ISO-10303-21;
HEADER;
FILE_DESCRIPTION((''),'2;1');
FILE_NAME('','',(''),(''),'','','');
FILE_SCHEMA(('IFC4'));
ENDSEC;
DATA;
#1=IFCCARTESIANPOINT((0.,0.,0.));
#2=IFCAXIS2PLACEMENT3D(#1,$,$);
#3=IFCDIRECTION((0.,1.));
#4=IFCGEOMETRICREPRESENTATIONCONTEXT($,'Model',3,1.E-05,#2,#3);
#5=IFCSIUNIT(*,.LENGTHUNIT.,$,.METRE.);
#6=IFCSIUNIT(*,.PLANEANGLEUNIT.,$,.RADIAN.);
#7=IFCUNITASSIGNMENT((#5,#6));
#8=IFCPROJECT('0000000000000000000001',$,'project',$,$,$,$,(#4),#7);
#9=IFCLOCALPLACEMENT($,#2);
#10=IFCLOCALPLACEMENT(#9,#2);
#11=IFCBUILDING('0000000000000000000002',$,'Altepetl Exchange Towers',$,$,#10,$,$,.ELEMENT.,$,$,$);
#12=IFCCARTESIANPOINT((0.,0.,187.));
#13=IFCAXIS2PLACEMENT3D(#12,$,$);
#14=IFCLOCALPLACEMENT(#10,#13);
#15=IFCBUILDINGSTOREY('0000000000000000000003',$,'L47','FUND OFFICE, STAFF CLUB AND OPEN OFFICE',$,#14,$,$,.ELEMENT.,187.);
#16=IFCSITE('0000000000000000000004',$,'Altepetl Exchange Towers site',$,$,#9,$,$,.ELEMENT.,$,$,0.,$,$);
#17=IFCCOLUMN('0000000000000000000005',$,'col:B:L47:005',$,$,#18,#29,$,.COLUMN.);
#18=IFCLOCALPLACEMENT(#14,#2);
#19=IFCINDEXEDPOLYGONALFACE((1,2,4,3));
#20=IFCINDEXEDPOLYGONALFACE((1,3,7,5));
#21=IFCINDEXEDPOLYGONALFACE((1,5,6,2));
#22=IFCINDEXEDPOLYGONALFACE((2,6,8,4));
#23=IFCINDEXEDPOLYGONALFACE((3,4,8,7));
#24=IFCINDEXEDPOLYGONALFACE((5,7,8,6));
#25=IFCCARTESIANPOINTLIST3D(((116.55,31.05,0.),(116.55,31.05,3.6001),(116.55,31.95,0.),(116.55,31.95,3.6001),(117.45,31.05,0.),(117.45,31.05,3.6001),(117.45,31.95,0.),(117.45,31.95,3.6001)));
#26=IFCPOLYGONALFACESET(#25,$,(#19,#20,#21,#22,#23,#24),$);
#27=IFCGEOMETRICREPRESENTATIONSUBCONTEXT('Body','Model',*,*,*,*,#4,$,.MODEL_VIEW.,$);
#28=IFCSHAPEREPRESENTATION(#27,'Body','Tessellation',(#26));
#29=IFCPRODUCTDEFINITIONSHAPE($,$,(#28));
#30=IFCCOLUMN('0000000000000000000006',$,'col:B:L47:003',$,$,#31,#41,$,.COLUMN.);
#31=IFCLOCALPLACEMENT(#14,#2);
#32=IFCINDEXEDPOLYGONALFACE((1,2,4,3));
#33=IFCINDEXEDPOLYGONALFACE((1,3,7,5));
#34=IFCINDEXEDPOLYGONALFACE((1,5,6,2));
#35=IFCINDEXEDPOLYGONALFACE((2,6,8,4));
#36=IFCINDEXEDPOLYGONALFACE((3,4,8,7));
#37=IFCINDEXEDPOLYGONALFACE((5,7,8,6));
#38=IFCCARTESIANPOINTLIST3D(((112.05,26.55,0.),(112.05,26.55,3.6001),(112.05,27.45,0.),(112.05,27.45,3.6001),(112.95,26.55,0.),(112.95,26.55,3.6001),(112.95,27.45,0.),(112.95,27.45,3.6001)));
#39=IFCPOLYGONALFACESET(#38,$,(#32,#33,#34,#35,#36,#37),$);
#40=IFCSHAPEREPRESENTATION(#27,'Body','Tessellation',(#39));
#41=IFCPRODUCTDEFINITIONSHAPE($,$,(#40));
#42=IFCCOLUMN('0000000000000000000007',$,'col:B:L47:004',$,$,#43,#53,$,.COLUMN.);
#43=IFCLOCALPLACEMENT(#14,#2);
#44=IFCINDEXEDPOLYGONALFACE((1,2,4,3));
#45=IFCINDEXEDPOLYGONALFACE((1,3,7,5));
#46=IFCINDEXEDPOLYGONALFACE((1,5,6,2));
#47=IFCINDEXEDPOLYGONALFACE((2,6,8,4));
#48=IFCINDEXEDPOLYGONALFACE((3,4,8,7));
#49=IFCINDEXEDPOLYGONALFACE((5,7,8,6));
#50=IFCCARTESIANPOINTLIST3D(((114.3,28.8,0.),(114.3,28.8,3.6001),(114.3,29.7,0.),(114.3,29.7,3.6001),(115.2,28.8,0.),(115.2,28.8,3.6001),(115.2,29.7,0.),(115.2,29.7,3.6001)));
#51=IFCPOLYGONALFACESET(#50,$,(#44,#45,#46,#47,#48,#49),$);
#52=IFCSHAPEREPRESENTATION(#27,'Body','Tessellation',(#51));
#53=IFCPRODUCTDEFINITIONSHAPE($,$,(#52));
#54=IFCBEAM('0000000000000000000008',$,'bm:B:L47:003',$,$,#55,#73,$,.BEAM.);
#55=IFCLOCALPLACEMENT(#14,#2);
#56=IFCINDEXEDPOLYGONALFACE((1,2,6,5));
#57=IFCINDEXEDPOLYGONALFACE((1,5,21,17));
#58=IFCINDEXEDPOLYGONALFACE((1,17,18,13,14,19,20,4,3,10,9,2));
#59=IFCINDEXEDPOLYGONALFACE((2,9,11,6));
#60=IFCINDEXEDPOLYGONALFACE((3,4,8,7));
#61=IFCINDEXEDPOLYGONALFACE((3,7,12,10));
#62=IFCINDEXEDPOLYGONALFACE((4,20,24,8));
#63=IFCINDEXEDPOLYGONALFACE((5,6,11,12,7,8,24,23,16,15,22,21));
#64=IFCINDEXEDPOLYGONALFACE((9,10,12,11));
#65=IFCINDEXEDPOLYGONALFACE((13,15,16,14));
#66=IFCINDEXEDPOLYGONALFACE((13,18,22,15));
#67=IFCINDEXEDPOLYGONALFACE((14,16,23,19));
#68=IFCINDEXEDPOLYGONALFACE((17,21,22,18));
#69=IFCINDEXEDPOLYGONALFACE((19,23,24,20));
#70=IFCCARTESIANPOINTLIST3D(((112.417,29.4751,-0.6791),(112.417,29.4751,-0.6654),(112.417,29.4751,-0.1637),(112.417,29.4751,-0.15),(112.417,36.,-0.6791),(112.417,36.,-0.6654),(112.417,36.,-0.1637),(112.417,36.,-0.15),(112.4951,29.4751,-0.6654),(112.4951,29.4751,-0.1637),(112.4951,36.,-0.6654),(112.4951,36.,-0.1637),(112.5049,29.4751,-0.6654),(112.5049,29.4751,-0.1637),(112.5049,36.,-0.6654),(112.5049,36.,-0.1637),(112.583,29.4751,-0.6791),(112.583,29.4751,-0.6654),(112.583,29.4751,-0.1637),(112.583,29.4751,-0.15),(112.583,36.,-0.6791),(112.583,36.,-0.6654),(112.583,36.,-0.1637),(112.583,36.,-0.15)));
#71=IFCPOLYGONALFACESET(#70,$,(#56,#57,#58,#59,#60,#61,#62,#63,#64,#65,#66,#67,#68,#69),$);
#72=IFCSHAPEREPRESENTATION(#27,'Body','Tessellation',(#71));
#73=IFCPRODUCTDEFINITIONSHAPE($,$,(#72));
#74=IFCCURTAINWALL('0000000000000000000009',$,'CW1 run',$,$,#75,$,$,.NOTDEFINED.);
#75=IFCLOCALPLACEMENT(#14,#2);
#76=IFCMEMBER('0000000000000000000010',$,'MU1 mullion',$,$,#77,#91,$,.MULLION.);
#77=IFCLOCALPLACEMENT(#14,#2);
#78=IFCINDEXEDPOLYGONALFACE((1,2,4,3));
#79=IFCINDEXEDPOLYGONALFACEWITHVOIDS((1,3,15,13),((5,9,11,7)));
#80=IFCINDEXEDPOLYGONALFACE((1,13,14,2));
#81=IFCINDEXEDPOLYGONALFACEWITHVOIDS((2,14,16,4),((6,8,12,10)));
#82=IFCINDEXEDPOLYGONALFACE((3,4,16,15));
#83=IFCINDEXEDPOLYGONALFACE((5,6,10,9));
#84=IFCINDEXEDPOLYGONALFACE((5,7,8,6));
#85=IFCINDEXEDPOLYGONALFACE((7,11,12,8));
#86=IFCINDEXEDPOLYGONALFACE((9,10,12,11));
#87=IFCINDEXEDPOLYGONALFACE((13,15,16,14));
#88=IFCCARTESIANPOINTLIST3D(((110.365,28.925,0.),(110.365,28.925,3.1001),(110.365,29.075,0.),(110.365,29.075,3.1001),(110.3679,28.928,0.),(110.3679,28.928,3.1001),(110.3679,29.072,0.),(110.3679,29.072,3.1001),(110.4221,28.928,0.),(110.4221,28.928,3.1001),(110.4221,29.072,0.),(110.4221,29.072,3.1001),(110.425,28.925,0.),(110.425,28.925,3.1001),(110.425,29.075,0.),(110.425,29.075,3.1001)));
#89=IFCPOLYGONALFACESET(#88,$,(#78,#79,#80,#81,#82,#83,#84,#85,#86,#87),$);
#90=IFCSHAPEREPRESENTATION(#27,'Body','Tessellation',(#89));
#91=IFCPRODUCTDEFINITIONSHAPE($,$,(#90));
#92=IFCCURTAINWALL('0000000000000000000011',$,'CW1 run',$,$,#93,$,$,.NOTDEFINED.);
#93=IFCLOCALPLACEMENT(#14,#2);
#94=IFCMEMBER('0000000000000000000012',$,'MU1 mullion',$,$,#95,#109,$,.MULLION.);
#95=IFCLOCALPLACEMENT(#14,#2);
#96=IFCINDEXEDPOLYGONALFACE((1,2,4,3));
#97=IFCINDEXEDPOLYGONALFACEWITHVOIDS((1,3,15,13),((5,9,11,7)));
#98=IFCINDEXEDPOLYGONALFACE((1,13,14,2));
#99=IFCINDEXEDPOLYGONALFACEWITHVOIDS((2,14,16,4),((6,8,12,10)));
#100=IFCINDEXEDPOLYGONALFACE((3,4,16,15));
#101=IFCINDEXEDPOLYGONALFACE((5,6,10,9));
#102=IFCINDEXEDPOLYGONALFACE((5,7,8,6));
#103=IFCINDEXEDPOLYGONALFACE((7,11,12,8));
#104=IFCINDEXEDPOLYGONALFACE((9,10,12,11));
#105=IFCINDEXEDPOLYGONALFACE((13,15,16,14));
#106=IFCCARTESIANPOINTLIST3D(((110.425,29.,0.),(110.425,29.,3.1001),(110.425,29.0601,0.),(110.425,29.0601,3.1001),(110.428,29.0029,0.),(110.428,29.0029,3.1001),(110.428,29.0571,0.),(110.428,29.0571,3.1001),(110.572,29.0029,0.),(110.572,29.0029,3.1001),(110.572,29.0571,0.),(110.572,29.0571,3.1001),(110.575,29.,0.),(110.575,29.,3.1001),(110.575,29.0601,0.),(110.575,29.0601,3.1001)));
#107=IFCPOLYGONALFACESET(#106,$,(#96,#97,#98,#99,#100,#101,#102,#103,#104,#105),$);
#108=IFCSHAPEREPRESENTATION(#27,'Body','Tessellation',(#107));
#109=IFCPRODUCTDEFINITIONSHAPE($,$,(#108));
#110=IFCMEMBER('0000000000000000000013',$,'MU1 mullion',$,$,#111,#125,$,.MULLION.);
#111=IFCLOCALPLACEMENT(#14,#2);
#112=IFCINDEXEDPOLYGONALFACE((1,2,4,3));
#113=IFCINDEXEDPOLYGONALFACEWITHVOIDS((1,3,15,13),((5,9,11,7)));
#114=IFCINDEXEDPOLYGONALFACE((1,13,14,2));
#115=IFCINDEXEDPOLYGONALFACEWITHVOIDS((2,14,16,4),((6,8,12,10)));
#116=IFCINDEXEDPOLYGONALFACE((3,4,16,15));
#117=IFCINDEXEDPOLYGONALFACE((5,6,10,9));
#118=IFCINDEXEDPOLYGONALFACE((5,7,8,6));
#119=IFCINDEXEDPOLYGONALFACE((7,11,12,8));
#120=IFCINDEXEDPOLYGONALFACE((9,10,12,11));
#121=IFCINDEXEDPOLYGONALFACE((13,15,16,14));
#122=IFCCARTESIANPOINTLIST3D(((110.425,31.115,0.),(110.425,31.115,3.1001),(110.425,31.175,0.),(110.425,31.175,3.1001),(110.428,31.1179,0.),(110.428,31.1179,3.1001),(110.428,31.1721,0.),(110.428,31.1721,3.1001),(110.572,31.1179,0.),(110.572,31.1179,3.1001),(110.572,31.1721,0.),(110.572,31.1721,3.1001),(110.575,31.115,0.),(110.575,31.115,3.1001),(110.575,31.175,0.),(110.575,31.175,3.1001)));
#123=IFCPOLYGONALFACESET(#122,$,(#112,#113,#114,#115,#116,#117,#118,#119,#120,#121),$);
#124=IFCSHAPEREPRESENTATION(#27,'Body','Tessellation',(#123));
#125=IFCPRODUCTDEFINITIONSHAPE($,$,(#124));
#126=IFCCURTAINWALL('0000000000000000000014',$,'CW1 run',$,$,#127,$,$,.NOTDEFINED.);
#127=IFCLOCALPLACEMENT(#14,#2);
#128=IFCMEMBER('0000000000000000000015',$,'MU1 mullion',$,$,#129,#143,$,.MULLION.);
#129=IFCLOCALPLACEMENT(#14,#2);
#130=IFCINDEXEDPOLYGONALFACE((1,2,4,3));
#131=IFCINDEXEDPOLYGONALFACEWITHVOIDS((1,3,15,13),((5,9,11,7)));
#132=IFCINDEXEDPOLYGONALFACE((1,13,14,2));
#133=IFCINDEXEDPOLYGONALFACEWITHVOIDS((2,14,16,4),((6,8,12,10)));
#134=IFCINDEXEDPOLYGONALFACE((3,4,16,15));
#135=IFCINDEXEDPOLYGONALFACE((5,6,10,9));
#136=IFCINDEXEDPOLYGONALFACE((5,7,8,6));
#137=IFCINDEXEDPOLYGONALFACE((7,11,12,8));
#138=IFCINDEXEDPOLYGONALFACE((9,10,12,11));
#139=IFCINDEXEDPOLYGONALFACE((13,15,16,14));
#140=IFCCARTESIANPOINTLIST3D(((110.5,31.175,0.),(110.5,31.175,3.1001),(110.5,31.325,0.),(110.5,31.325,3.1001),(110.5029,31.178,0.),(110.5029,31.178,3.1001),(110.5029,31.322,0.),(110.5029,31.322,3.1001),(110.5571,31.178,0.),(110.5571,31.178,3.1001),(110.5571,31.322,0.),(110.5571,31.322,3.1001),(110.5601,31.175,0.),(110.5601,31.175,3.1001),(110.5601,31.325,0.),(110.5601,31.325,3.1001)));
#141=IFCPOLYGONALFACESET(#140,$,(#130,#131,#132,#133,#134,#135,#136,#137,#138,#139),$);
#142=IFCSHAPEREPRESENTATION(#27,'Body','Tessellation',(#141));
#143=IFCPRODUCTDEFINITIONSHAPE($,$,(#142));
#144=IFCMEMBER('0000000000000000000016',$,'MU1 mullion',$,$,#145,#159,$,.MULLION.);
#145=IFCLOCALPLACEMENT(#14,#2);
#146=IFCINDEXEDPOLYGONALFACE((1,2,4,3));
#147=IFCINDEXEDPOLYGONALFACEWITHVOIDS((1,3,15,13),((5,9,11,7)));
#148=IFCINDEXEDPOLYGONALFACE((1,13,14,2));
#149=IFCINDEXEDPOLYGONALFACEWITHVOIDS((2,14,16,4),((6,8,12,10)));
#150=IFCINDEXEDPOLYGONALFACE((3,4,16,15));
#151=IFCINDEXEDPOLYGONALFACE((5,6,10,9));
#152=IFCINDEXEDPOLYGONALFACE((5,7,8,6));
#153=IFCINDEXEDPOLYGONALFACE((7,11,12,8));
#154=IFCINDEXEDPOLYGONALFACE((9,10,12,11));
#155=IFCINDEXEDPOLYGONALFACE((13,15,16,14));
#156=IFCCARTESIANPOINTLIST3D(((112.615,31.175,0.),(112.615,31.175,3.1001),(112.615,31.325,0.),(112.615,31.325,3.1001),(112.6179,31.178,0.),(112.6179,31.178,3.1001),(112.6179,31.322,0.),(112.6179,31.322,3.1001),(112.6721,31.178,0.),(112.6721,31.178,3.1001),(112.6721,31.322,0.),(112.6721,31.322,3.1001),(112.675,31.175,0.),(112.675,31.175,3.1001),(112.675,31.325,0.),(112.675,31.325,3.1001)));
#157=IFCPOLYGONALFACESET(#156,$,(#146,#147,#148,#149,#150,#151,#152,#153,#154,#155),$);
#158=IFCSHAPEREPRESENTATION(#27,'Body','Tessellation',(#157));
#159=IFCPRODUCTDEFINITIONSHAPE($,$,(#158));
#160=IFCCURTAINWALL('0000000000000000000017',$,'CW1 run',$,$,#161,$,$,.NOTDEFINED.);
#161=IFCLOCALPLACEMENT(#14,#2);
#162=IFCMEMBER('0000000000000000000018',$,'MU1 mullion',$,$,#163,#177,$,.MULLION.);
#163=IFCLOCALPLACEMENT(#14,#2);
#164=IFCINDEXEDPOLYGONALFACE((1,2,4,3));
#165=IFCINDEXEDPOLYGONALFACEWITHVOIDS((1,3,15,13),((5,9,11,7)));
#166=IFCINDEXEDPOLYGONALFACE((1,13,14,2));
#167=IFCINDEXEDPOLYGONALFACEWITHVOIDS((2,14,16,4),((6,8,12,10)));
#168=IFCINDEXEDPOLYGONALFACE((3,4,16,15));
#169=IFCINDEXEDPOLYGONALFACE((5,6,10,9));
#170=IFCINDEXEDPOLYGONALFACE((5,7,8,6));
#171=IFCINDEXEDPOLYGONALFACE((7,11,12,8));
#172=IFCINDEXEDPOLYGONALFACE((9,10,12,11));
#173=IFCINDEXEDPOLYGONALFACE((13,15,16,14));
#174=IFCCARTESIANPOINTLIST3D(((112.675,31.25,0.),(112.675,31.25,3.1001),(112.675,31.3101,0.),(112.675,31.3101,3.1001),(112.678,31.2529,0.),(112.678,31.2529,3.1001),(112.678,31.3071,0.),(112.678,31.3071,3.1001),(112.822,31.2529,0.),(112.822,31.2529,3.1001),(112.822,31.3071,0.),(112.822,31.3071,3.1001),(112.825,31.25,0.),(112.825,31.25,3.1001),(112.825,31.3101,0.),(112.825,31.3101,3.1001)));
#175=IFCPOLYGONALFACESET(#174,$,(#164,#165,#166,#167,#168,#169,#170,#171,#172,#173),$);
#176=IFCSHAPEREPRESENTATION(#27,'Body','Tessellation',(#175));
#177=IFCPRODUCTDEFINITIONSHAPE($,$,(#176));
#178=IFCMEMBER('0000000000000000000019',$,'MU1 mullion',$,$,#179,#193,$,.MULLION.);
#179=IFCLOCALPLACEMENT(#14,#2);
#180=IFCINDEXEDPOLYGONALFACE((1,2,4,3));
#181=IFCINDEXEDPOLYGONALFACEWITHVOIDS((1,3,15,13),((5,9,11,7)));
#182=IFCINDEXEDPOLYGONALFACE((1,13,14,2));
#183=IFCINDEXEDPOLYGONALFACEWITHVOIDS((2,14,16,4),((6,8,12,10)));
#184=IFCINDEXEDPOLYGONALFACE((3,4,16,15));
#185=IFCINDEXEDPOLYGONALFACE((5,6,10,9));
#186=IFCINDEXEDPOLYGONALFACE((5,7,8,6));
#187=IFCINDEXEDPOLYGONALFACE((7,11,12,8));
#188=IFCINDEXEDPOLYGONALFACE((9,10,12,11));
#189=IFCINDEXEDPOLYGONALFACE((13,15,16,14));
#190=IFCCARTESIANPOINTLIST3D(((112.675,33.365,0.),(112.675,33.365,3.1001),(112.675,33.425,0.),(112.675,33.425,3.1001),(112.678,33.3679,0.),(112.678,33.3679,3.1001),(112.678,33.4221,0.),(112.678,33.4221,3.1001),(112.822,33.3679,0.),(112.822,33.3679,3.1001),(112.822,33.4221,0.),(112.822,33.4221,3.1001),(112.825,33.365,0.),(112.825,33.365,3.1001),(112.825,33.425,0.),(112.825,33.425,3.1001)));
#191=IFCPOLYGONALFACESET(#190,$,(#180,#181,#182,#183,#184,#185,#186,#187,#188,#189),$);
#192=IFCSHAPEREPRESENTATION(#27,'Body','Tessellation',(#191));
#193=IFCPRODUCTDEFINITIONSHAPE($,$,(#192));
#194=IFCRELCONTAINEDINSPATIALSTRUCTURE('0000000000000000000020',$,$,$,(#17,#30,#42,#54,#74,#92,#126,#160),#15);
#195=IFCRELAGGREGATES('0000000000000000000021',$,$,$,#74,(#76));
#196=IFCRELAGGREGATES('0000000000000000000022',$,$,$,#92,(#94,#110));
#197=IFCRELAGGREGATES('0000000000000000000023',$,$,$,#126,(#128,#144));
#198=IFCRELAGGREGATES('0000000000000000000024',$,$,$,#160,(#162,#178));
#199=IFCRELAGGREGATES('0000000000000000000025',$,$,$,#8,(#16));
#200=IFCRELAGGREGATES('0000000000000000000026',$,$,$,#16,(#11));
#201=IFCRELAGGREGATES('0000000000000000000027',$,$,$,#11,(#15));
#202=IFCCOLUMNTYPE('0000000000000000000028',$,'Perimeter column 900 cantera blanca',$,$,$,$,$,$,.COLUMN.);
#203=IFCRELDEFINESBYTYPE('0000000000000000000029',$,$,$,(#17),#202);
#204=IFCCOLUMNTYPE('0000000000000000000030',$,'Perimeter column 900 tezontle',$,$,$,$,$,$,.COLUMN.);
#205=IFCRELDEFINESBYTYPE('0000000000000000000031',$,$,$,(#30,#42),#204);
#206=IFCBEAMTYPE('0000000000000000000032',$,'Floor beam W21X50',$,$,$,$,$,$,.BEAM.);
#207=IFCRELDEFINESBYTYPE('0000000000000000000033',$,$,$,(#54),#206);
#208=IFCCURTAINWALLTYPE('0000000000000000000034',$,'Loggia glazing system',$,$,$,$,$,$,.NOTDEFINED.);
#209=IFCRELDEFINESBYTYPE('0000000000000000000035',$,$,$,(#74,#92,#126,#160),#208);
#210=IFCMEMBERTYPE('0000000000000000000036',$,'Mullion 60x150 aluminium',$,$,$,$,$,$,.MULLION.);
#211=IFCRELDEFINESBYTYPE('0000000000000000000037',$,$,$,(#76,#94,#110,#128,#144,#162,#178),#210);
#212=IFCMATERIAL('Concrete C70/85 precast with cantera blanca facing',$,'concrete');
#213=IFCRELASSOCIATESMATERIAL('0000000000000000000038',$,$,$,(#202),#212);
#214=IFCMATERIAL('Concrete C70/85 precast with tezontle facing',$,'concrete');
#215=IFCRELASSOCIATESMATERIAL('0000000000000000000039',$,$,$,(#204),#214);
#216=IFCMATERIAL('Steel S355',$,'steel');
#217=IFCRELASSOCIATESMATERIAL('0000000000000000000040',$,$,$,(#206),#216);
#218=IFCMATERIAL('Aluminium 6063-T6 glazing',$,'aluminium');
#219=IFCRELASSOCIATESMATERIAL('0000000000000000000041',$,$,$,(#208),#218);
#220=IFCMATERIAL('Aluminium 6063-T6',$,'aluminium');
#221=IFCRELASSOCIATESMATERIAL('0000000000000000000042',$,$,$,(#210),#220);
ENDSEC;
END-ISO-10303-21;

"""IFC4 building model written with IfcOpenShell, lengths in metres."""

from ifc_helpers import new_model, si_unit, direction, frame, origin, origin_2d, place, context, subcontext, project, spatial, rectangle, hollow_rectangle, i_section, extrude, material, material_profile, profile_set, type_object, element, aggregate, save


model = new_model("IFC4")

# Units and contexts
model_context = context("Model", 3, precision=1e-05, world=origin(), true_north=direction((0.0, 1.0)))
body_context = subcontext(model_context, "Body", "Model", "MODEL_VIEW")
ifc_project = project(units=[si_unit("LENGTHUNIT", "METRE"), si_unit("PLANEANGLEUNIT", "RADIAN")], contexts=[model_context])

# Site, building, storey
site_placement = place(None, origin())
site = spatial("IfcSite", under=ifc_project, at=site_placement, Name="Altepetl Exchange Towers site", CompositionType="ELEMENT", RefElevation=0.0)
building_placement = place(site_placement, origin())
building = spatial("IfcBuilding", under=site, at=building_placement, Name="Altepetl Exchange Towers", CompositionType="ELEMENT")
storey_placement = place(building_placement, frame((0.0, 0.0, 187.0)))
storey = spatial("IfcBuildingStorey", under=building, at=storey_placement, Name="L47", Description="FUND OFFICE, STAFF CLUB AND OPEN OFFICE", CompositionType="ELEMENT", Elevation=187.0)

# Columns
ifc_material_1 = material(Name="Concrete C70/85 precast with cantera blanca facing", Category="concrete")
ifc_material_profile_1 = material_profile(ifc_material_1, rectangle(XDim=0.8999, YDim=0.8999, at=origin_2d()), Name="900 x 900")
ifc_profile_set_1 = profile_set([ifc_material_profile_1], Name="Concrete C70/85 precast with cantera blanca facing")
column_type_1 = type_object("IfcColumnType", Name="Perimeter column 900 cantera blanca", PredefinedType="COLUMN", material=ifc_profile_set_1)
column_placement = place(storey_placement, frame((117.0, 31.5, 0.0)))
element("IfcColumn", 1, at=column_placement, inside=storey, type_object=column_type_1, Name="col:B:L47:005", PredefinedType="COLUMN", context=body_context, shape_type="SweptSolid", body=[
    extrude(rectangle(XDim=0.8999, YDim=0.8999, at=origin_2d()), origin(), (0.0, 0.0, 1.0), 3.6001),
])
ifc_material_2 = material(Name="Concrete C70/85 precast with tezontle facing", Category="concrete")
ifc_material_profile_2 = material_profile(ifc_material_2, rectangle(XDim=0.8999, YDim=0.8999, at=origin_2d()), Name="900 x 900")
ifc_profile_set_2 = profile_set([ifc_material_profile_2], Name="Concrete C70/85 precast with tezontle facing")
column_type_2 = type_object("IfcColumnType", Name="Perimeter column 900 tezontle", PredefinedType="COLUMN", material=ifc_profile_set_2)
for number, where, name in (
    (2, (112.5, 27.0, 0.0), "col:B:L47:003"),
    (3, (114.75, 29.25, 0.0), "col:B:L47:004"),
):
    element("IfcColumn", number, at=place(storey_placement, frame(where)), inside=storey, type_object=column_type_2, Name=name, PredefinedType="COLUMN", context=body_context, shape_type="SweptSolid", body=[
        extrude(rectangle(XDim=0.8999, YDim=0.8999, at=origin_2d()), origin(), (0.0, 0.0, 1.0), 3.6001),
    ])

# Beam
ifc_material_3 = material(Name="Steel S355", Category="steel")
ifc_material_profile_3 = material_profile(ifc_material_3, i_section(OverallWidth=0.166, OverallDepth=0.5291, WebThickness=0.0098, FlangeThickness=0.0137, at=origin_2d()), Name="W21X50")
ifc_profile_set_3 = profile_set([ifc_material_profile_3], Name="Steel S355")
beam_type_1 = type_object("IfcBeamType", Name="Floor beam W21X50", PredefinedType="BEAM", material=ifc_profile_set_3)
beam_1_placement = place(storey_placement, frame((112.5, 29.4751, -0.4146), z_axis=(0.0, 1.0, 0.0), x_axis=(-1.0, 0.0, 0.0)))
element("IfcBeam", 4, at=beam_1_placement, inside=storey, type_object=beam_type_1, Name="bm:B:L47:003", PredefinedType="BEAM", context=body_context, shape_type="SweptSolid", body=[
    extrude(i_section(OverallWidth=0.166, OverallDepth=0.5291, WebThickness=0.0098, FlangeThickness=0.0137, at=origin_2d()), origin(), (0.0, 0.0, 1.0), 6.5249),
])

# Curtain wall, member
ifc_material_4 = material(Name="Aluminium 6063-T6 glazing", Category="aluminium")
curtain_wall_type = type_object("IfcCurtainWallType", Name="Loggia glazing system", PredefinedType="NOTDEFINED", material=ifc_material_4)
curtain_wall_1_placement = place(storey_placement, origin())
curtain_wall_1 = element("IfcCurtainWall", 5, at=curtain_wall_1_placement, inside=storey, type_object=curtain_wall_type, Name="CW1 run", PredefinedType="NOTDEFINED")
ifc_material_5 = material(Name="Aluminium 6063-T6", Category="aluminium")
ifc_material_profile_4 = material_profile(ifc_material_5, hollow_rectangle(XDim=0.0601, YDim=0.1499, WallThickness=0.0029, at=origin_2d()), Name="Mullion 60x150 aluminium")
ifc_profile_set_4 = profile_set([ifc_material_profile_4], Name="Aluminium 6063-T6")
member_type = type_object("IfcMemberType", Name="Mullion 60x150 aluminium", PredefinedType="MULLION", material=ifc_profile_set_4)
member_1_placement = place(storey_placement, frame((110.395, 29.0, 0.0)))
member_1 = element("IfcMember", 6, at=member_1_placement, type_object=member_type, Name="MU1 mullion", PredefinedType="MULLION", context=body_context, shape_type="SweptSolid", body=[
    extrude(hollow_rectangle(XDim=0.0601, YDim=0.1499, WallThickness=0.0029, at=origin_2d()), origin(), (0.0, 0.0, 1.0), 3.1001),
])

# Curtain walls, members
curtain_wall_2_placement = place(storey_placement, origin())
curtain_wall_2 = element("IfcCurtainWall", 7, at=curtain_wall_2_placement, inside=storey, type_object=curtain_wall_type, Name="CW1 run", PredefinedType="NOTDEFINED")
member_2_placement = place(storey_placement, frame((110.5, 29.03, 0.0), z_axis=(0.0, 0.0, 1.0), x_axis=(0.0, 1.0, 0.0)))
member_2 = element("IfcMember", 8, at=member_2_placement, type_object=member_type, Name="MU1 mullion", PredefinedType="MULLION", context=body_context, shape_type="SweptSolid", body=[
    extrude(hollow_rectangle(XDim=0.0601, YDim=0.1499, WallThickness=0.0029, at=origin_2d()), origin(), (0.0, 0.0, 1.0), 3.1001),
])
member_3_placement = place(storey_placement, frame((110.5, 31.145, 0.0), z_axis=(0.0, 0.0, 1.0), x_axis=(0.0, 1.0, 0.0)))
member_3 = element("IfcMember", 9, at=member_3_placement, type_object=member_type, Name="MU1 mullion", PredefinedType="MULLION", context=body_context, shape_type="SweptSolid", body=[
    extrude(hollow_rectangle(XDim=0.0601, YDim=0.1499, WallThickness=0.0029, at=origin_2d()), origin(), (0.0, 0.0, 1.0), 3.1001),
])
curtain_wall_3_placement = place(storey_placement, origin())
curtain_wall_3 = element("IfcCurtainWall", 10, at=curtain_wall_3_placement, inside=storey, type_object=curtain_wall_type, Name="CW1 run", PredefinedType="NOTDEFINED")
member_4_placement = place(storey_placement, frame((110.53, 31.25, 0.0)))
member_4 = element("IfcMember", 11, at=member_4_placement, type_object=member_type, Name="MU1 mullion", PredefinedType="MULLION", context=body_context, shape_type="SweptSolid", body=[
    extrude(hollow_rectangle(XDim=0.0601, YDim=0.1499, WallThickness=0.0029, at=origin_2d()), origin(), (0.0, 0.0, 1.0), 3.1001),
])
member_5_placement = place(storey_placement, frame((112.645, 31.25, 0.0)))
member_5 = element("IfcMember", 12, at=member_5_placement, type_object=member_type, Name="MU1 mullion", PredefinedType="MULLION", context=body_context, shape_type="SweptSolid", body=[
    extrude(hollow_rectangle(XDim=0.0601, YDim=0.1499, WallThickness=0.0029, at=origin_2d()), origin(), (0.0, 0.0, 1.0), 3.1001),
])
curtain_wall_4_placement = place(storey_placement, origin())
curtain_wall_4 = element("IfcCurtainWall", 13, at=curtain_wall_4_placement, inside=storey, type_object=curtain_wall_type, Name="CW1 run", PredefinedType="NOTDEFINED")
member_6_placement = place(storey_placement, frame((112.75, 31.28, 0.0), z_axis=(0.0, 0.0, 1.0), x_axis=(0.0, 1.0, 0.0)))
member_6 = element("IfcMember", 14, at=member_6_placement, type_object=member_type, Name="MU1 mullion", PredefinedType="MULLION", context=body_context, shape_type="SweptSolid", body=[
    extrude(hollow_rectangle(XDim=0.0601, YDim=0.1499, WallThickness=0.0029, at=origin_2d()), origin(), (0.0, 0.0, 1.0), 3.1001),
])
member_7_placement = place(storey_placement, frame((112.75, 33.395, 0.0), z_axis=(0.0, 0.0, 1.0), x_axis=(0.0, 1.0, 0.0)))
member_7 = element("IfcMember", 15, at=member_7_placement, type_object=member_type, Name="MU1 mullion", PredefinedType="MULLION", context=body_context, shape_type="SweptSolid", body=[
    extrude(hollow_rectangle(XDim=0.0601, YDim=0.1499, WallThickness=0.0029, at=origin_2d()), origin(), (0.0, 0.0, 1.0), 3.1001),
])

aggregate(curtain_wall_1, [member_1])
aggregate(curtain_wall_2, [member_2, member_3])
aggregate(curtain_wall_3, [member_4, member_5])
aggregate(curtain_wall_4, [member_6, member_7])

save(model, "model.ifc")
